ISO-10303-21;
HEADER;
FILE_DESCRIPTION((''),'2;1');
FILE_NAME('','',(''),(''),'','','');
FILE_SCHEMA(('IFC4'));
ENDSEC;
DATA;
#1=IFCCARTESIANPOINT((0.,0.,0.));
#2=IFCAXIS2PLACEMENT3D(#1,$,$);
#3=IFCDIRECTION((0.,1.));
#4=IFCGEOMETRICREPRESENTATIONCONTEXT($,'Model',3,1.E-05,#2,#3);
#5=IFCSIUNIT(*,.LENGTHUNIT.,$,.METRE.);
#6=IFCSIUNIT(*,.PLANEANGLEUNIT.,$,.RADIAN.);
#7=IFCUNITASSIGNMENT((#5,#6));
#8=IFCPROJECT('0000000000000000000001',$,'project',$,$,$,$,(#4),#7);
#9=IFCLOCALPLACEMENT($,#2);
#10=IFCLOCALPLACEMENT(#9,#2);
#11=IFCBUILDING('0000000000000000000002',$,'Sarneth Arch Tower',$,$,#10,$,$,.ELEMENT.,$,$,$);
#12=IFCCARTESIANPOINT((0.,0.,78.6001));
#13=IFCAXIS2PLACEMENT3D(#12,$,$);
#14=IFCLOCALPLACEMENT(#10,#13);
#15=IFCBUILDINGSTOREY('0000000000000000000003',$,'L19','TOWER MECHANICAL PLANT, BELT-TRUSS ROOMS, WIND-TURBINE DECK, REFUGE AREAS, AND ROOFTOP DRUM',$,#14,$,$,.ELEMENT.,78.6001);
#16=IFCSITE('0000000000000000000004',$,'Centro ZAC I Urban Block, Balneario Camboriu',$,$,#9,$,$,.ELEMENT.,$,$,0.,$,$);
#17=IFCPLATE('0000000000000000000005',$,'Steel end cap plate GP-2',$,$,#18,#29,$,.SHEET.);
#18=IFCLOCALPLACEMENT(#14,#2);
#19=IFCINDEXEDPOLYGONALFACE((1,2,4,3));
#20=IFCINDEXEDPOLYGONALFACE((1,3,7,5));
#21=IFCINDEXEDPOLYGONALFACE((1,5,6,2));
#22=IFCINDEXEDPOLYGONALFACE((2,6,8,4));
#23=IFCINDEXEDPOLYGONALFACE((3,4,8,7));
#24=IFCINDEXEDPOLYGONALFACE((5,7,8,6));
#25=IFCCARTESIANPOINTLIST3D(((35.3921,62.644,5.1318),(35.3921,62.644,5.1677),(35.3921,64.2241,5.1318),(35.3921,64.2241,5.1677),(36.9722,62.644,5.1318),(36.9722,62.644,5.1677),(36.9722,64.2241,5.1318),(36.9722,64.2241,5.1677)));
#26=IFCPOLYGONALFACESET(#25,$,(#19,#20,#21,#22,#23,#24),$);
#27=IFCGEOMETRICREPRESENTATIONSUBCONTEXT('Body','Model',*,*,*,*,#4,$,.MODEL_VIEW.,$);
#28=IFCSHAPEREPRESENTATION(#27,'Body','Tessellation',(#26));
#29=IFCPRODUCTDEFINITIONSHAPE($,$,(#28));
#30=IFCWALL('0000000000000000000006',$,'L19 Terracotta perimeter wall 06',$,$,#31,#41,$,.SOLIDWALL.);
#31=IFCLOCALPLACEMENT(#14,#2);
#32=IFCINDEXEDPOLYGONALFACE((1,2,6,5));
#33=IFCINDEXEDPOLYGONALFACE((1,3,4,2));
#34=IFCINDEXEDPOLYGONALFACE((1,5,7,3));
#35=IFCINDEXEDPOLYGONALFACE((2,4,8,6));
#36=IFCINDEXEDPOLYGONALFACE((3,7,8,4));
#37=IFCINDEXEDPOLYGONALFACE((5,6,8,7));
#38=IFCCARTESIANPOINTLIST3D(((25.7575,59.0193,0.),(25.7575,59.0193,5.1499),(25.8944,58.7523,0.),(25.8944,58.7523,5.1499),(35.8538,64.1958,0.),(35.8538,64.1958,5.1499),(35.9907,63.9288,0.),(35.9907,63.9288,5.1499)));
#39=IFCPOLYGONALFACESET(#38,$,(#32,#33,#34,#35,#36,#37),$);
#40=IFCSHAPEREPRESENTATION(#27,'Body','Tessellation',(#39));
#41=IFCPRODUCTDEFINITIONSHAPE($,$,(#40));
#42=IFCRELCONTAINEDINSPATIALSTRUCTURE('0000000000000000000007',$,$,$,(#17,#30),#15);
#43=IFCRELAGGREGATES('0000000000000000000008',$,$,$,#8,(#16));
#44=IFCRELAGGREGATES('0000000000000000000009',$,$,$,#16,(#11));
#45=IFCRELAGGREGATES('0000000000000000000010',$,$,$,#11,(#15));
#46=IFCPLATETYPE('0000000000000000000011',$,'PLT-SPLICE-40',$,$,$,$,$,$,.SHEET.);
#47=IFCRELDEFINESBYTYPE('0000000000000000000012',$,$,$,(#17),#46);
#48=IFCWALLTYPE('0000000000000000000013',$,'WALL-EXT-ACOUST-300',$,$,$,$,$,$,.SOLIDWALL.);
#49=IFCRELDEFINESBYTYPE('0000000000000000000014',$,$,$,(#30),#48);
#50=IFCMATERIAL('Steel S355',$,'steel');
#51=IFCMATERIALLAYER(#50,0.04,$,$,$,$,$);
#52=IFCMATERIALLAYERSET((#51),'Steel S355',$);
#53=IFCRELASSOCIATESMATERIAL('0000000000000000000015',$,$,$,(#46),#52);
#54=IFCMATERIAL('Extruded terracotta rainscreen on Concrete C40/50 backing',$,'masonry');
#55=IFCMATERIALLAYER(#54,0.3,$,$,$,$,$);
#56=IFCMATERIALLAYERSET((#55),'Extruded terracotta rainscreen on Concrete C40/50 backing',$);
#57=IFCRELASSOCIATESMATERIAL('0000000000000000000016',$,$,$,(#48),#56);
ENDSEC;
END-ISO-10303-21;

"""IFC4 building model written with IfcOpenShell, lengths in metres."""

from ifc_helpers import new_model, si_unit, direction, frame, frame_2d, origin, origin_2d, place, context, subcontext, project, spatial, rectangle, extrude, material, layer, layer_set, type_object, element, save


model = new_model("IFC4")

# Units and contexts
model_context = context("Model", 3, precision=1e-05, world=origin(), true_north=direction((0.0, 1.0)))
body_context = subcontext(model_context, "Body", "Model", "MODEL_VIEW")
ifc_project = project(units=[si_unit("LENGTHUNIT", "METRE"), si_unit("PLANEANGLEUNIT", "RADIAN")], contexts=[model_context])

# Site, building, storey
site_placement = place(None, origin())
site = spatial("IfcSite", under=ifc_project, at=site_placement, Name="Centro ZAC I Urban Block, Balneario Camboriu", CompositionType="ELEMENT", RefElevation=0.0)
building_placement = place(site_placement, origin())
building = spatial("IfcBuilding", under=site, at=building_placement, Name="Sarneth Arch Tower", CompositionType="ELEMENT")
storey_placement = place(building_placement, frame((0.0, 0.0, 78.6001)))
storey = spatial("IfcBuildingStorey", under=building, at=storey_placement, Name="L19", Description="TOWER MECHANICAL PLANT, BELT-TRUSS ROOMS, WIND-TURBINE DECK, REFUGE AREAS, AND ROOFTOP DRUM", CompositionType="ELEMENT", Elevation=78.6001)

# Plate
ifc_material_1 = material(Name="Steel S355", Category="steel")
ifc_layer_1 = layer(ifc_material_1, 0.04)
ifc_layer_set_1 = layer_set([ifc_layer_1], Name="Steel S355")
plate_type_1 = type_object("IfcPlateType", Name="PLT-SPLICE-40", PredefinedType="SHEET", material=ifc_layer_set_1)
for number, where, z_axis, x_axis, name in (
    (1, (36.1821, 63.4341, 5.1318), (0.0, 0.0, 1.0), (1.0, 0.0, 0.0), "Steel end cap plate GP-2"),
):
    element("IfcPlate", number, at=place(storey_placement, frame(where, z_axis=z_axis, x_axis=x_axis)), inside=storey, type_object=plate_type_1, Name=name, PredefinedType="SHEET", context=body_context, shape_type="SweptSolid", body=[
        extrude(rectangle(XDim=1.5801, YDim=1.5801, at=origin_2d()), origin(), (0.0, 0.0, 1.0), 0.0359),
    ])

# Wall
ifc_material_2 = material(Name="Extruded terracotta rainscreen on Concrete C40/50 backing", Category="masonry")
ifc_layer_2 = layer(ifc_material_2, 0.3)
ifc_layer_set_2 = layer_set([ifc_layer_2], Name="Extruded terracotta rainscreen on Concrete C40/50 backing")
wall_type = type_object("IfcWallType", Name="WALL-EXT-ACOUST-300", PredefinedType="SOLIDWALL", material=ifc_layer_set_2)
wall_placement = place(storey_placement, frame((35.9221, 64.0623, 0.0), z_axis=(0.0, 0.0, 1.0), x_axis=(-0.889854, -0.456245, 0.0)))
element("IfcWall", 2, at=wall_placement, inside=storey, type_object=wall_type, Name="L19 Terracotta perimeter wall 06", PredefinedType="SOLIDWALL", context=body_context, shape_type="SweptSolid", body=[
    extrude(rectangle(XDim=11.3459, YDim=0.3, at=frame_2d((5.6729, 0.0))), origin(), (0.0, 0.0, 1.0), 5.1499),
])

save(model, "model.ifc")
